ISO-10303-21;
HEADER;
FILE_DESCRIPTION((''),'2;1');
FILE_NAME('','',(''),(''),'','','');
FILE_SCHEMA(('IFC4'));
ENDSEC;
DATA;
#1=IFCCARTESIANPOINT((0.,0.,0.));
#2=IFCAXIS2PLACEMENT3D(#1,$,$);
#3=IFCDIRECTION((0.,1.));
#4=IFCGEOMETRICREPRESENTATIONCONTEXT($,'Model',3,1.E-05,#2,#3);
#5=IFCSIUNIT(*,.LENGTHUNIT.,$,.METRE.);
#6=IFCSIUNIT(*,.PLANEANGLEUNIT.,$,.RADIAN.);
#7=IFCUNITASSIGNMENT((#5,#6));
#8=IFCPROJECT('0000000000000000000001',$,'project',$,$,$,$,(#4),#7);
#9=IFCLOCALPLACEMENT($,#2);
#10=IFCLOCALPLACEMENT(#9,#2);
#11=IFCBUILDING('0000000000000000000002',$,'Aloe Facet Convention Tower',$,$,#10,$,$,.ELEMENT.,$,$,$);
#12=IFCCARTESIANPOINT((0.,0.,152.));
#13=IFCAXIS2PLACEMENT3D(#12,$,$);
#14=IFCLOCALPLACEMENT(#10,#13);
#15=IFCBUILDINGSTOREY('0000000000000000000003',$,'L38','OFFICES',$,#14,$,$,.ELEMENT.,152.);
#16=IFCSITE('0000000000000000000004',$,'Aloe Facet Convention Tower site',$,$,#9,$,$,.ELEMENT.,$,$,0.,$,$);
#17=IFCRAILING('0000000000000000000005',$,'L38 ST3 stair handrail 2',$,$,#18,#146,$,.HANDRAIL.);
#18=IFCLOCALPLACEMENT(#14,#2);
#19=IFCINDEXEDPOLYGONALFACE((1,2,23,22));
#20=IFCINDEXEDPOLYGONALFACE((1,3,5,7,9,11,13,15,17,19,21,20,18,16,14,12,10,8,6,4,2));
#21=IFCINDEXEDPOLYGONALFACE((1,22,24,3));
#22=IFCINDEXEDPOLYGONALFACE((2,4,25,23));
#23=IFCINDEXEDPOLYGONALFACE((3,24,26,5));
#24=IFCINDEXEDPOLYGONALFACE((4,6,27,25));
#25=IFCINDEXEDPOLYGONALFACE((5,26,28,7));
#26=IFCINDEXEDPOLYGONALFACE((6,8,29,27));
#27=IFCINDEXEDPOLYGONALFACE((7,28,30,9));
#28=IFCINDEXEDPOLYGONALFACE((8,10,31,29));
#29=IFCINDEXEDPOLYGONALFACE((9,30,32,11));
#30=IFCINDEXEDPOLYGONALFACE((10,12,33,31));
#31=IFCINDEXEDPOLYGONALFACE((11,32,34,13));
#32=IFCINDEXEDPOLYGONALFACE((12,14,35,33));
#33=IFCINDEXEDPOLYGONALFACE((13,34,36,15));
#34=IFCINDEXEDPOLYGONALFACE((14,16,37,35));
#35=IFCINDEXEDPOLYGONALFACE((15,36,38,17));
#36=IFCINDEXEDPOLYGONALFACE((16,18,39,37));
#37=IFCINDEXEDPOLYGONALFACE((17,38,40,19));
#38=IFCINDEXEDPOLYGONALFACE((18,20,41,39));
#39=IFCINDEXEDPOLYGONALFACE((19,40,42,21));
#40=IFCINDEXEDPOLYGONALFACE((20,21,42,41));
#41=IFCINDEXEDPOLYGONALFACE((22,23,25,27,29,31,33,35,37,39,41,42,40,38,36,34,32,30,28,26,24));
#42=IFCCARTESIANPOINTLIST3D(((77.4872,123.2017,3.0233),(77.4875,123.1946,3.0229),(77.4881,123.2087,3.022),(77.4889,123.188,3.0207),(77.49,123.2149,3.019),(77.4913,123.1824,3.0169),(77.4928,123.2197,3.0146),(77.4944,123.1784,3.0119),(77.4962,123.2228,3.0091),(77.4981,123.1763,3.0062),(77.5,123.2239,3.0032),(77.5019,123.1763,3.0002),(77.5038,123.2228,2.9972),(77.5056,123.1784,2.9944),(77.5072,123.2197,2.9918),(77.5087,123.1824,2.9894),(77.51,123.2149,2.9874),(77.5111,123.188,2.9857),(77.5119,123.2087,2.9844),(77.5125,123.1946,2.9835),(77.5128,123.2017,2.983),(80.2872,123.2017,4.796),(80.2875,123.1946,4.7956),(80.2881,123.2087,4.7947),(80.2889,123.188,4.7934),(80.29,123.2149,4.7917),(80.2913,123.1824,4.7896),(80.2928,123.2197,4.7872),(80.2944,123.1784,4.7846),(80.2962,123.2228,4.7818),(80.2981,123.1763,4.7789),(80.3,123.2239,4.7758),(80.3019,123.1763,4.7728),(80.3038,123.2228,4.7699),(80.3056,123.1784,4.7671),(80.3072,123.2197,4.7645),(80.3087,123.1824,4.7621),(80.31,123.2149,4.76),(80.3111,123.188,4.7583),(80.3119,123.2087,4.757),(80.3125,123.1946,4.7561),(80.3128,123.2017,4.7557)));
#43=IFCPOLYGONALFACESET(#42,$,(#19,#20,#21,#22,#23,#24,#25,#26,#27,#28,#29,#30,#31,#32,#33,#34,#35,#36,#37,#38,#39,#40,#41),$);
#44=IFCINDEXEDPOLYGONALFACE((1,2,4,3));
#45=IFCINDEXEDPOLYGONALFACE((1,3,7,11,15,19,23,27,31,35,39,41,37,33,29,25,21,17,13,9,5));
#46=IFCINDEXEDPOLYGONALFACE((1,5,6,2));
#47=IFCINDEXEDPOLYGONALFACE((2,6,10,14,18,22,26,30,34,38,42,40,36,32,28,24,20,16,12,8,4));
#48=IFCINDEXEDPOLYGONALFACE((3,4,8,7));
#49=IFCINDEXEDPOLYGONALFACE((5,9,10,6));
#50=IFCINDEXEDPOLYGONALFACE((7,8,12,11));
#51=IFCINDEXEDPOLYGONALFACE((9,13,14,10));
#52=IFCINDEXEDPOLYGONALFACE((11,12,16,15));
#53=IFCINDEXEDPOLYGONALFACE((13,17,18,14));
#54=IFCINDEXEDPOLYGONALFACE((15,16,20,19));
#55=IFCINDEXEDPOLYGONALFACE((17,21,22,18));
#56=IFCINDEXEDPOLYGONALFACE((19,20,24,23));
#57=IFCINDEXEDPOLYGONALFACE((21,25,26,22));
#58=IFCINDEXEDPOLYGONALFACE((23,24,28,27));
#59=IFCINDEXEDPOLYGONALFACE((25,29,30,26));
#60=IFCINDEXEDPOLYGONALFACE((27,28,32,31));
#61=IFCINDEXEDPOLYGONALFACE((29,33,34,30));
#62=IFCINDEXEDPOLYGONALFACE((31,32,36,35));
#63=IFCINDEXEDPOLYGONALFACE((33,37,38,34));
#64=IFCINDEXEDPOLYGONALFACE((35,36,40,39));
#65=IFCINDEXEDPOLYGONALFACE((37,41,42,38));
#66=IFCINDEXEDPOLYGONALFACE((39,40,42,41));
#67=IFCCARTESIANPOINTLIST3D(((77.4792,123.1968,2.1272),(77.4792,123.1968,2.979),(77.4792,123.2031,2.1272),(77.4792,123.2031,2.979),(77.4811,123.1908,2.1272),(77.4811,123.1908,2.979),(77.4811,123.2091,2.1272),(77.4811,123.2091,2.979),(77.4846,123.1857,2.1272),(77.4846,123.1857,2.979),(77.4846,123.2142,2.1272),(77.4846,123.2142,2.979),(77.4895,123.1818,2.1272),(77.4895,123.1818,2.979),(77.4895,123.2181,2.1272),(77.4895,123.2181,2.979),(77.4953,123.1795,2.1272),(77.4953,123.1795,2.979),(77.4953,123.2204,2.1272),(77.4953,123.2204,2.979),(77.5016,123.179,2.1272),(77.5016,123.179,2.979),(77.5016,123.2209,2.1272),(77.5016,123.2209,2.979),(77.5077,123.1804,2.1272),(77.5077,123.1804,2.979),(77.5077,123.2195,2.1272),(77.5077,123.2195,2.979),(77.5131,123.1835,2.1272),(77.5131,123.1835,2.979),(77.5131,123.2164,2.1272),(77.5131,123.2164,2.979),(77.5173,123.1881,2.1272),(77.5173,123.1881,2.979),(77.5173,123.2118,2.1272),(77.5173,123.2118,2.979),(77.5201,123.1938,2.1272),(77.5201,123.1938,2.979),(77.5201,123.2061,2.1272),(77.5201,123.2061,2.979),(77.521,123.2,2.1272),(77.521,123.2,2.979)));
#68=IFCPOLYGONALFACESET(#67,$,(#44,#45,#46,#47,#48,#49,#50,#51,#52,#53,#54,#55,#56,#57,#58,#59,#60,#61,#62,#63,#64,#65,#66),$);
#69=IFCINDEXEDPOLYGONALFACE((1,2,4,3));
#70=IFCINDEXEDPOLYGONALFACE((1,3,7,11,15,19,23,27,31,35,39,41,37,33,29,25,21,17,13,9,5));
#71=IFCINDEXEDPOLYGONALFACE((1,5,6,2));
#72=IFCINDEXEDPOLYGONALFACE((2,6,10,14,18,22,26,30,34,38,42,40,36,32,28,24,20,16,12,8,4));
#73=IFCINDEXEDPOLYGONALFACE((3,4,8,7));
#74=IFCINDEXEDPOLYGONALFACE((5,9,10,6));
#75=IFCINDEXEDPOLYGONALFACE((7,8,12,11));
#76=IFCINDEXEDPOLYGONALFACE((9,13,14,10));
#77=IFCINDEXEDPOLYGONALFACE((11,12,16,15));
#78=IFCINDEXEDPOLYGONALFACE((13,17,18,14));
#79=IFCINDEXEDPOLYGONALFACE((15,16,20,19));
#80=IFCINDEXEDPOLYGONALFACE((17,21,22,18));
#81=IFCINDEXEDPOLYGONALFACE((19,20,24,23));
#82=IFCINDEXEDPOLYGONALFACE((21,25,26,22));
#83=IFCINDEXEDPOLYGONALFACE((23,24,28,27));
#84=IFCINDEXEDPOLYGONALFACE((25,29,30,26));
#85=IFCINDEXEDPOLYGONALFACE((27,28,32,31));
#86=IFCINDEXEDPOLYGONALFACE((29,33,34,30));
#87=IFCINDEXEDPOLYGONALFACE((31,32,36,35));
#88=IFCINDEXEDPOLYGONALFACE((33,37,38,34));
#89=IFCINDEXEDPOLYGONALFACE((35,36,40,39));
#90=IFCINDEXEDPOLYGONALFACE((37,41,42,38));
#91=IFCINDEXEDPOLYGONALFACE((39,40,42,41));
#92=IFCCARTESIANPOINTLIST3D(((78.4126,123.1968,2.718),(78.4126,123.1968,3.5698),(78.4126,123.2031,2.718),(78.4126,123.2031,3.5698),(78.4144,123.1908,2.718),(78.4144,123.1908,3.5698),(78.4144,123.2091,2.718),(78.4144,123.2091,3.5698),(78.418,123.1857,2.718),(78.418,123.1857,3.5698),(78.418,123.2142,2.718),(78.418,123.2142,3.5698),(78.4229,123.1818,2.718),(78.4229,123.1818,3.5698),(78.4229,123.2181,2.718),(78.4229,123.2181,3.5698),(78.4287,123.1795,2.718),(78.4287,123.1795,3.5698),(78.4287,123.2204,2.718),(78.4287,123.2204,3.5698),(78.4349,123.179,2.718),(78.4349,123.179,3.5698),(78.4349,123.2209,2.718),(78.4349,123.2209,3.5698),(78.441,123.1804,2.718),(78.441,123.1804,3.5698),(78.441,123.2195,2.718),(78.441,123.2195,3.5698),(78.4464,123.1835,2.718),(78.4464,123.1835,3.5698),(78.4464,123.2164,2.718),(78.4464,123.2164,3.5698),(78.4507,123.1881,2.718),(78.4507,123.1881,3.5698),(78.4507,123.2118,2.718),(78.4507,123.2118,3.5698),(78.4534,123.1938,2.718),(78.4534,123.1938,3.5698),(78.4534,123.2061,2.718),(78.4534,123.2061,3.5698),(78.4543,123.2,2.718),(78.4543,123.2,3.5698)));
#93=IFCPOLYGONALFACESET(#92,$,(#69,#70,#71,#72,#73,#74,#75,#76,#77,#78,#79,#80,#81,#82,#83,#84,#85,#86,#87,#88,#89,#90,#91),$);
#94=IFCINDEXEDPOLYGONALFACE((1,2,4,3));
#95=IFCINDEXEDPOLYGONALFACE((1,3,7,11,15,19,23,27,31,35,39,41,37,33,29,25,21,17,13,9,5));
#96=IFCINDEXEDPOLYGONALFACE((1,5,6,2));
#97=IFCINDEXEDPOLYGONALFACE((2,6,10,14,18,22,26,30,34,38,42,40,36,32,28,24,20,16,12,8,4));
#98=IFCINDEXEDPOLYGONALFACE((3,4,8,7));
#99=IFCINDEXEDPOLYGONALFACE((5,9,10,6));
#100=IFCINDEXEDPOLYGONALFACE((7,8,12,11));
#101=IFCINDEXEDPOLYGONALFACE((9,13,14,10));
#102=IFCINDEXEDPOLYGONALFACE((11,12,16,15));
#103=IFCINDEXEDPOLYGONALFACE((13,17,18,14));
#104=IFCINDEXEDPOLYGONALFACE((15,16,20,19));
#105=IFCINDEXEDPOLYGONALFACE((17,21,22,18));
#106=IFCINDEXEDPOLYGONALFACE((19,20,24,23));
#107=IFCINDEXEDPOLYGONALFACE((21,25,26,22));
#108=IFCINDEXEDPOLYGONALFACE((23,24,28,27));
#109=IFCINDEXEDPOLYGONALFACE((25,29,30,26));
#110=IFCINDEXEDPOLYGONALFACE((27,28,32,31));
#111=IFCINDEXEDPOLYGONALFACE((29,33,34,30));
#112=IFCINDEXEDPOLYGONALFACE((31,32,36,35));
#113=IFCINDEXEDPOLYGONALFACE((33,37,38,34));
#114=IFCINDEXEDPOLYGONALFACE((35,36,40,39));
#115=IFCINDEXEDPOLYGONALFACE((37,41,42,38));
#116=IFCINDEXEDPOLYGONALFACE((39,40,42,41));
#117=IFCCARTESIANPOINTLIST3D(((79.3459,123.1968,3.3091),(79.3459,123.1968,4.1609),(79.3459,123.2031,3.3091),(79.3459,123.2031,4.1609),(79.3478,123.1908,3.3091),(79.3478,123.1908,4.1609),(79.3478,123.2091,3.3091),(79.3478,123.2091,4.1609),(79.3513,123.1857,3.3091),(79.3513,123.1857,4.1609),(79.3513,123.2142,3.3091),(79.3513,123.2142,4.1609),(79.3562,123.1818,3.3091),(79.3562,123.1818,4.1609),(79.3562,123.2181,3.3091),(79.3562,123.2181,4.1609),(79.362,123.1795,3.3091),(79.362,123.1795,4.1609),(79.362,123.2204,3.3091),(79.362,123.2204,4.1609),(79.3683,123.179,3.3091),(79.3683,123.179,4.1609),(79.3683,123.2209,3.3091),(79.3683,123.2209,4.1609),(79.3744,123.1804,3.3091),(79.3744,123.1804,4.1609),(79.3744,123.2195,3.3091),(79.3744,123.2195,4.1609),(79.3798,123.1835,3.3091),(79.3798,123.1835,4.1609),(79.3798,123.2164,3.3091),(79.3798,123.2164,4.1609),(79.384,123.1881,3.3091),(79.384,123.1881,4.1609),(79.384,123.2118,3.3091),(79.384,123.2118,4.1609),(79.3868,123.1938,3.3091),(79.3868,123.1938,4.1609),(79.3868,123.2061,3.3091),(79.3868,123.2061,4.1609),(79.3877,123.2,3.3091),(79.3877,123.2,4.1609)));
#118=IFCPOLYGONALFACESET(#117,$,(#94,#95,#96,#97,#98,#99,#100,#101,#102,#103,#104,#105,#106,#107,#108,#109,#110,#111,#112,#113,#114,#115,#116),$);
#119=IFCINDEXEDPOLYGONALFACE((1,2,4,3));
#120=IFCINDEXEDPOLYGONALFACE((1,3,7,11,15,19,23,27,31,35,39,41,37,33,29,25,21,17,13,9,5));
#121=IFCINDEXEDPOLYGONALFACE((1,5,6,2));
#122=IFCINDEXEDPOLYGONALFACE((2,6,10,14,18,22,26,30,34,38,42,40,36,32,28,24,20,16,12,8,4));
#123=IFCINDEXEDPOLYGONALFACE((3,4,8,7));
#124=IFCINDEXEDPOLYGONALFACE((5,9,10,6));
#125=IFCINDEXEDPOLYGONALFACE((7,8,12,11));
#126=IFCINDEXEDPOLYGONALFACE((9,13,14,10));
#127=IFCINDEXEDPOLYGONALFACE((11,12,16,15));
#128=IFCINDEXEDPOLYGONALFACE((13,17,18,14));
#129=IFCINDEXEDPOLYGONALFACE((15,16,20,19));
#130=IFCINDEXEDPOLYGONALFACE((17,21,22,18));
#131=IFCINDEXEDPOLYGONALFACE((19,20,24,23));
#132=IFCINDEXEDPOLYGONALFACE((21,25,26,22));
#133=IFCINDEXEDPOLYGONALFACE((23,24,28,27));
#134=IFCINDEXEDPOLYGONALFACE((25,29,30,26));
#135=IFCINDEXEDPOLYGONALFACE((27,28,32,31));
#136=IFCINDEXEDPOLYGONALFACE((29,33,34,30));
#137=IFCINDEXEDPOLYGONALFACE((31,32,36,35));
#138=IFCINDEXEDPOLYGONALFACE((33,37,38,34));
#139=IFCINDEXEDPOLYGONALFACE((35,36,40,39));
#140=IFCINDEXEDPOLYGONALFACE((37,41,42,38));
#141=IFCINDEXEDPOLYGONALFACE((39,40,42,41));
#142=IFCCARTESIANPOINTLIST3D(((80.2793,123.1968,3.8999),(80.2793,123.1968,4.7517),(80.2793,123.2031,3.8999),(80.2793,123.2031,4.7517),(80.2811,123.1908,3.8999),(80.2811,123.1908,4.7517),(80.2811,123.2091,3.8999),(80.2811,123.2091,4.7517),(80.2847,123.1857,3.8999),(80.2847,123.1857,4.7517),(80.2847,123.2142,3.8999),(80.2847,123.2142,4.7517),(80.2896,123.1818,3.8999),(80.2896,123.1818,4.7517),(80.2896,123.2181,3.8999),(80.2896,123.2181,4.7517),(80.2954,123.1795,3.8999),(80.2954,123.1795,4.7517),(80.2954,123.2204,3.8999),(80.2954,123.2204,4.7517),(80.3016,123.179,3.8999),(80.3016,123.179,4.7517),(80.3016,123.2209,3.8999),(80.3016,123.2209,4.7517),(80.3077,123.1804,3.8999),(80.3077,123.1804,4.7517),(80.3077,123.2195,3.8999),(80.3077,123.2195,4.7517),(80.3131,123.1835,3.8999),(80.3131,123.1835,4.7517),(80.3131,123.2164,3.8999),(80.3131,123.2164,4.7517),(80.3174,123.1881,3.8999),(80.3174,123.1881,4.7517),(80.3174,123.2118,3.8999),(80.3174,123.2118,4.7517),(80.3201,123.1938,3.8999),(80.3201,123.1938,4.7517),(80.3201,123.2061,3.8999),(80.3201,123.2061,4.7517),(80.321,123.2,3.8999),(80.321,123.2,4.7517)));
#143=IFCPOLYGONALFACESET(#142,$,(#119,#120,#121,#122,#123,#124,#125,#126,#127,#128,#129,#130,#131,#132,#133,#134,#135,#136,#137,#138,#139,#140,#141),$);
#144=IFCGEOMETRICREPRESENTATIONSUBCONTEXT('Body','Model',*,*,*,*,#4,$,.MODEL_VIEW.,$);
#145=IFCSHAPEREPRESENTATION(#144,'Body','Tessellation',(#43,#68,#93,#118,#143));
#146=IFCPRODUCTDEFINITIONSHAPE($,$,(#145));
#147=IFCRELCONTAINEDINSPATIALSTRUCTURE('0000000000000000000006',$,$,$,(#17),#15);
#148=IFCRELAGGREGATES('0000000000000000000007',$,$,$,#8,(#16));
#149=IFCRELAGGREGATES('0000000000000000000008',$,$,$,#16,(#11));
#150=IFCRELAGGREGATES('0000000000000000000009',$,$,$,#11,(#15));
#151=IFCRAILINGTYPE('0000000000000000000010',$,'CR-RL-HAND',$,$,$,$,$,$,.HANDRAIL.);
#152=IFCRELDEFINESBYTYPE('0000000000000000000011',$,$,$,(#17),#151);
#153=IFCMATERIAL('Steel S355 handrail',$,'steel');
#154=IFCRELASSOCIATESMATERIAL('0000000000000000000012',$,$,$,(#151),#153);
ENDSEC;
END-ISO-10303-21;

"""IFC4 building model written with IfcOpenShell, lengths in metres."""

from ifc_helpers import new_model, si_unit, direction, frame, origin, origin_2d, place, context, subcontext, project, spatial, circle, extrude, material, type_object, element, save


model = new_model("IFC4")

# Units and contexts
model_context = context("Model", 3, precision=1e-05, world=origin(), true_north=direction((0.0, 1.0)))
body_context = subcontext(model_context, "Body", "Model", "MODEL_VIEW")
ifc_project = project(units=[si_unit("LENGTHUNIT", "METRE"), si_unit("PLANEANGLEUNIT", "RADIAN")], contexts=[model_context])

# Site, building, storey
site_placement = place(None, origin())
site = spatial("IfcSite", under=ifc_project, at=site_placement, Name="Aloe Facet Convention Tower site", CompositionType="ELEMENT", RefElevation=0.0)
building_placement = place(site_placement, origin())
building = spatial("IfcBuilding", under=site, at=building_placement, Name="Aloe Facet Convention Tower", CompositionType="ELEMENT")
storey_placement = place(building_placement, frame((0.0, 0.0, 152.0)))
storey = spatial("IfcBuildingStorey", under=building, at=storey_placement, Name="L38", Description="OFFICES", CompositionType="ELEMENT", Elevation=152.0)

# Railing
ifc_material_1 = material(Name="Steel S355 handrail", Category="steel")
railing_type_1 = type_object("IfcRailingType", Name="CR-RL-HAND", PredefinedType="HANDRAIL", material=ifc_material_1)
railing_1_placement = place(storey_placement, frame((77.5, 123.2, 2.1272)))
element("IfcRailing", 1, at=railing_1_placement, inside=storey, type_object=railing_type_1, Name="L38 ST3 stair handrail 2", PredefinedType="HANDRAIL", context=body_context, shape_type="SweptSolid", body=[
    extrude(circle(Radius=0.0239, at=origin_2d()), frame((0.0, 0.0, 0.876), z_axis=(0.844909, 0.0, 0.53491), x_axis=(0.0, 1.0, 0.0)), (0.0, 0.0, 1.0), 3.314),
    extrude(circle(Radius=0.021, at=origin_2d()), origin(), (0.0, 0.0, 1.0), 0.8518),
    extrude(circle(Radius=0.021, at=origin_2d()), frame((0.9333, 0.0, 0.5908)), (0.0, 0.0, 1.0), 0.8518),
    extrude(circle(Radius=0.021, at=origin_2d()), frame((1.8667, 0.0, 1.1819)), (0.0, 0.0, 1.0), 0.8518),
    extrude(circle(Radius=0.021, at=origin_2d()), frame((2.8, 0.0, 1.7727)), (0.0, 0.0, 1.0), 0.8518),
])

save(model, "model.ifc")
